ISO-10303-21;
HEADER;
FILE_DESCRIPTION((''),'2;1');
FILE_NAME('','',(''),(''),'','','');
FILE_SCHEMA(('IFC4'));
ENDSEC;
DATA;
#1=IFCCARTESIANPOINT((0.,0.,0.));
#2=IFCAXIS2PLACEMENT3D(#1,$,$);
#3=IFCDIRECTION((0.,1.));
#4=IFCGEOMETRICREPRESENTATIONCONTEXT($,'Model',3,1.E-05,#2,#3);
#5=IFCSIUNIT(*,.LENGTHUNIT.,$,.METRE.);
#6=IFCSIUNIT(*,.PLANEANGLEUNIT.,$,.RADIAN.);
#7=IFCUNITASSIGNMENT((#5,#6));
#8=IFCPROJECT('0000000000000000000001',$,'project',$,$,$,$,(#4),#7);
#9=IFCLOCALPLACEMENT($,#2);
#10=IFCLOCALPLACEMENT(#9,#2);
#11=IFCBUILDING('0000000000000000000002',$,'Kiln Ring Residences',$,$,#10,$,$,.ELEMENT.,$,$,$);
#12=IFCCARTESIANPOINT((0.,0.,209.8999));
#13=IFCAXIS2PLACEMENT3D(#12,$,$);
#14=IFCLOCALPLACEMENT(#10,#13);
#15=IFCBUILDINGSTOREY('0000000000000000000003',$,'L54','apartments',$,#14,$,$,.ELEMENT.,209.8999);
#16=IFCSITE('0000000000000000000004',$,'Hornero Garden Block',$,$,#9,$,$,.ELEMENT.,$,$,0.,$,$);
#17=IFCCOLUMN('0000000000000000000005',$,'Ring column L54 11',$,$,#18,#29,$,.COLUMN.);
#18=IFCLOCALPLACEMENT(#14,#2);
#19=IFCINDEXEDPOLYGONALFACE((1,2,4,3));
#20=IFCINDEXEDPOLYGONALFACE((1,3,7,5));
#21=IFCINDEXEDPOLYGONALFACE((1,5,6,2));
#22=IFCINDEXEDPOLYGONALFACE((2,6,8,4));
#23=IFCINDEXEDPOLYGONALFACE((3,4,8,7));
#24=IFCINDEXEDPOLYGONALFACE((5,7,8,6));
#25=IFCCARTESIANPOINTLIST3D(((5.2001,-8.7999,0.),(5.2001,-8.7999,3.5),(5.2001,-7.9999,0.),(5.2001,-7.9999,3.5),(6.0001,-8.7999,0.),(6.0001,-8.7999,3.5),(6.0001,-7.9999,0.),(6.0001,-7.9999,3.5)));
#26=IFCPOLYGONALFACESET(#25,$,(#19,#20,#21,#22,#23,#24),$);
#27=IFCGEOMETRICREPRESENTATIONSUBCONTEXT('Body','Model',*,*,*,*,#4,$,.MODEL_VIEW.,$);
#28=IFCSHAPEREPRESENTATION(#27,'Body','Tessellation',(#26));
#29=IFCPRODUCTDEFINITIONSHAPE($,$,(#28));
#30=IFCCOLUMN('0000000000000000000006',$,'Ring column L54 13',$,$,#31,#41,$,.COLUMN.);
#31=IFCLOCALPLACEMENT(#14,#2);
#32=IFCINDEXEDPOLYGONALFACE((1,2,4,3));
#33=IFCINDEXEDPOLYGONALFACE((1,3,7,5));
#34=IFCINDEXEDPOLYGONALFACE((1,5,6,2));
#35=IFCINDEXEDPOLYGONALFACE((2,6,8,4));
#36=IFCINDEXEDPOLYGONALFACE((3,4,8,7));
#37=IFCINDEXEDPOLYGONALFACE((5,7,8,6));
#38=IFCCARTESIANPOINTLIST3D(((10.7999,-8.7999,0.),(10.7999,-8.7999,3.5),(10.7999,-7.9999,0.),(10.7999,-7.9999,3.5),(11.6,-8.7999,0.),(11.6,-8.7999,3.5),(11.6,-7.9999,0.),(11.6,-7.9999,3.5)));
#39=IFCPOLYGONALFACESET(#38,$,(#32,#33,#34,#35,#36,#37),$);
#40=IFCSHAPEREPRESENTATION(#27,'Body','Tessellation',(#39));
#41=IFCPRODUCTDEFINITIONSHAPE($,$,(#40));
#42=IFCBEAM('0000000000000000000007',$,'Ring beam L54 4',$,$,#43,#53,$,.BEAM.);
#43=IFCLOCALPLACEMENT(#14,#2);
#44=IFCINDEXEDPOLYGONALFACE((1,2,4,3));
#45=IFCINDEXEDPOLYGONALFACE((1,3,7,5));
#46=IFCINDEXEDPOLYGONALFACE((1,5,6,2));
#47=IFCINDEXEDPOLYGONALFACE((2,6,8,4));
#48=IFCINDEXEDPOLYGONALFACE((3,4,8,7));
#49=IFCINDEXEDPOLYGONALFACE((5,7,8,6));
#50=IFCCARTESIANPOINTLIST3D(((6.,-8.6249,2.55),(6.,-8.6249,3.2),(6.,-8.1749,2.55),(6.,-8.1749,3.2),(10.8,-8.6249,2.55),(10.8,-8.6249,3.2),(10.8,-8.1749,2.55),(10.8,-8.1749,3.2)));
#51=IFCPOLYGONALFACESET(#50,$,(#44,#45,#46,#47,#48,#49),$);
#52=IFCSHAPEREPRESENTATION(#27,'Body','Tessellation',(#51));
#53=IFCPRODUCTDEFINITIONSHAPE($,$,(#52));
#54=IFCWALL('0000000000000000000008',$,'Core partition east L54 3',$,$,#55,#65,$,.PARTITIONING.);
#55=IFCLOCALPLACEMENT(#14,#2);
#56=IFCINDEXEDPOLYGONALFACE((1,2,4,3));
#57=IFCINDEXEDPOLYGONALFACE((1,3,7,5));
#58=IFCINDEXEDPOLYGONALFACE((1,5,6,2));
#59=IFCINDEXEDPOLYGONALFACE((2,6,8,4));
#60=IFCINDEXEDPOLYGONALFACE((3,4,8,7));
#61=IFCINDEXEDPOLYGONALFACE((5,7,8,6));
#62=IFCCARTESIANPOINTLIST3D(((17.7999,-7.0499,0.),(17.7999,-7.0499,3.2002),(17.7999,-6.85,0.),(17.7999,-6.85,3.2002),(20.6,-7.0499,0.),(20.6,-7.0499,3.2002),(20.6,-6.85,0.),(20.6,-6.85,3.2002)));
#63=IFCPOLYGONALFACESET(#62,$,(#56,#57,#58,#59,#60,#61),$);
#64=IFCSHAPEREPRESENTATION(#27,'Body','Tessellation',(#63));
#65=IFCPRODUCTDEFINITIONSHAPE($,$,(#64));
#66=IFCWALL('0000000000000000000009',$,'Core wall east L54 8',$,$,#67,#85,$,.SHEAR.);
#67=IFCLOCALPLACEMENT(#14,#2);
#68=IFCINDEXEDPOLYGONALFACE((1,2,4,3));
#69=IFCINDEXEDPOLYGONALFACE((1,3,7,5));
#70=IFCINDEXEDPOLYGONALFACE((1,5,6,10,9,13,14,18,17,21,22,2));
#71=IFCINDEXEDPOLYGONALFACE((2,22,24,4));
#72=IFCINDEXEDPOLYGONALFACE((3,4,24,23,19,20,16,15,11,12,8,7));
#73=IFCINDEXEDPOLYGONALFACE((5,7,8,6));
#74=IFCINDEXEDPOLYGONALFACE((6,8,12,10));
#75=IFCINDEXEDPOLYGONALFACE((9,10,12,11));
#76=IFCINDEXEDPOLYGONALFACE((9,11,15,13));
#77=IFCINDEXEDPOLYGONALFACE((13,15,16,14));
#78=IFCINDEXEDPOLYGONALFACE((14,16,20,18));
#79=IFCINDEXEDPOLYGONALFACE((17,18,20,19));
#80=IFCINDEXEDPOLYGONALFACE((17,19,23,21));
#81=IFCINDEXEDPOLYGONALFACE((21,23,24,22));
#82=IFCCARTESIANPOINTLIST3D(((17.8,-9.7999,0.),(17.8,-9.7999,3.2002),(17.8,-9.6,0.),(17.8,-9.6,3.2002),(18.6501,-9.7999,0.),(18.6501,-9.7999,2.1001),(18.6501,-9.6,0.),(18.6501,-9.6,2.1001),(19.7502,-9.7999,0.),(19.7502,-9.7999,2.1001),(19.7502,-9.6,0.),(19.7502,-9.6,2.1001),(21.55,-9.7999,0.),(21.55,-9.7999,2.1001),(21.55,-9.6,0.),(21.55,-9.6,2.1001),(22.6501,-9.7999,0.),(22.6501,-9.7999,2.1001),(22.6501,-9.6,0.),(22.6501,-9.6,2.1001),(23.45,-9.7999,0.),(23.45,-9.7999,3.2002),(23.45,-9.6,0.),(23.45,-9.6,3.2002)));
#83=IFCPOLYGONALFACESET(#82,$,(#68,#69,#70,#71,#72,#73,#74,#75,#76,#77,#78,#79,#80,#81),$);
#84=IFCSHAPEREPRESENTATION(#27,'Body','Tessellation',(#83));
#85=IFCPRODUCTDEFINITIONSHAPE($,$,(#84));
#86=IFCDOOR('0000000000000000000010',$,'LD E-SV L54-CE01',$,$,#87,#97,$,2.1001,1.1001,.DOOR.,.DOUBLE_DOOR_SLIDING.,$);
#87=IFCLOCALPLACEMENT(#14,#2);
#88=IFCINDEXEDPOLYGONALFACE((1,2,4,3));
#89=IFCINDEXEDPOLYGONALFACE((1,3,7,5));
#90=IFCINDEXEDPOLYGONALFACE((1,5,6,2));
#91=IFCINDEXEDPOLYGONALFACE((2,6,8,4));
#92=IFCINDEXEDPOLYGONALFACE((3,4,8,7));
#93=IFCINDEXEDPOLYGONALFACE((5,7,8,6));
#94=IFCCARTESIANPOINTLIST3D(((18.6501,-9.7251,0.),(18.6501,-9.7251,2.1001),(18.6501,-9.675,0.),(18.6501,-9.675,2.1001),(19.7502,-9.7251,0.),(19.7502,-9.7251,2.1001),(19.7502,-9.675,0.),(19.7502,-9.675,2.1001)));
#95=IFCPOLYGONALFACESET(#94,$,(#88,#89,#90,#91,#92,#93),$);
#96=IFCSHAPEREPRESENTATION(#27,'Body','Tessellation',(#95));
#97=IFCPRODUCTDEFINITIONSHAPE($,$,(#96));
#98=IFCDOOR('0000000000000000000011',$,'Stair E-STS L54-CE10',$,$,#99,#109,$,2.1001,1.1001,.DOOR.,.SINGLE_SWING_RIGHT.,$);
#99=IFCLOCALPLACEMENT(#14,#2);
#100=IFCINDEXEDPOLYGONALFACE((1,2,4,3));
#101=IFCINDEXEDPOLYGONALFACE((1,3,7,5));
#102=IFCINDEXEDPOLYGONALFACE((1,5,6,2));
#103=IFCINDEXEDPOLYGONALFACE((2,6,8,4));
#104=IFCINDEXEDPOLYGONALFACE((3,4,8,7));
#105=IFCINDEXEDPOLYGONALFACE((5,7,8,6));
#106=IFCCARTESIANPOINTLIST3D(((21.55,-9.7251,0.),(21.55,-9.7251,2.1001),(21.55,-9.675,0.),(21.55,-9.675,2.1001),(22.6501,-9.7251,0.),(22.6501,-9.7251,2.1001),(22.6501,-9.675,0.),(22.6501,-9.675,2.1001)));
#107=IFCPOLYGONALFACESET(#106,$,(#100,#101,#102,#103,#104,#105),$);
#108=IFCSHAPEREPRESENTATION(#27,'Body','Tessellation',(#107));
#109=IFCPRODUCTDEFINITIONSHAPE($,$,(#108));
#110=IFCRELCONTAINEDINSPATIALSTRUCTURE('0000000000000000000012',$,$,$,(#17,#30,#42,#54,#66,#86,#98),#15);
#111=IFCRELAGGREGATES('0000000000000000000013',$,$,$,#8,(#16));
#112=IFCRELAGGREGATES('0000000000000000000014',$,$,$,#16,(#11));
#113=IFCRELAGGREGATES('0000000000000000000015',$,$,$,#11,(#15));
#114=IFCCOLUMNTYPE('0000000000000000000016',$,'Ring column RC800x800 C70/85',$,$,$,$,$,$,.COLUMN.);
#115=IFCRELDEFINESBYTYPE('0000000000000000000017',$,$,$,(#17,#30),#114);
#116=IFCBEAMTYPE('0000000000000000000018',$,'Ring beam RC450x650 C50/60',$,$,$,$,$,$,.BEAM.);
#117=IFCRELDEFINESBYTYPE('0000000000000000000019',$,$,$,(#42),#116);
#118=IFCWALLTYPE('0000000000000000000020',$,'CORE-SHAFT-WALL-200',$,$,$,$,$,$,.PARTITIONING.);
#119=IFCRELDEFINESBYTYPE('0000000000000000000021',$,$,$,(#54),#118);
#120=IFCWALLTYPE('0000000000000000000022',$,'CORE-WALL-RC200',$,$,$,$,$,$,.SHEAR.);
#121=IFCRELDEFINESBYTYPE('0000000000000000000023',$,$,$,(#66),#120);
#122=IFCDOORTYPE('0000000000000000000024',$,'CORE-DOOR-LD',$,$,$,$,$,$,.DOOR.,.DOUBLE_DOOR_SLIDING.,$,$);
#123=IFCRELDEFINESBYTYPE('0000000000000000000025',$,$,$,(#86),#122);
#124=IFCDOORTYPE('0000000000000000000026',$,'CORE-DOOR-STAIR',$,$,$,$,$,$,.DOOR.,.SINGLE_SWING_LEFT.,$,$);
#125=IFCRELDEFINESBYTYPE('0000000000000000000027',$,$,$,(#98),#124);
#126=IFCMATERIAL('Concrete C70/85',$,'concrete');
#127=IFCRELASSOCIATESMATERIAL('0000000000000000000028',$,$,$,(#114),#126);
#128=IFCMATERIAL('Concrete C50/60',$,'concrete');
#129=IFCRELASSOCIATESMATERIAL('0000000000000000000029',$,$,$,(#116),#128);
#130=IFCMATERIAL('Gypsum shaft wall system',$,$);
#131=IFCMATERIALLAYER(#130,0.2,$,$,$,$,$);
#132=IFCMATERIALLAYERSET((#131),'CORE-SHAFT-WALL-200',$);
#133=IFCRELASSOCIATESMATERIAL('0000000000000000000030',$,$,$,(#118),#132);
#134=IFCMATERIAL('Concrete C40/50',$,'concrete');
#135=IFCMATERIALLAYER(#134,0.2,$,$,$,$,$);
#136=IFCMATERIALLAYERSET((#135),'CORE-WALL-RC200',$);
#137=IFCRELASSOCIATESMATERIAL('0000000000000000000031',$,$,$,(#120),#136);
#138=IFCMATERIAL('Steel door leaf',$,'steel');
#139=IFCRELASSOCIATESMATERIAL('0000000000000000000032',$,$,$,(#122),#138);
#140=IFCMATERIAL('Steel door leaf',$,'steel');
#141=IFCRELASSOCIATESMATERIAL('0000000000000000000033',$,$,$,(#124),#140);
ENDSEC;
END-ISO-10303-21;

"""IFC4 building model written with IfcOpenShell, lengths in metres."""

from ifc_helpers import new_model, si_unit, direction, frame, frame_2d, origin, origin_2d, place, context, subcontext, project, spatial, rectangle, extrude, material, layer, layer_set, material_profile, profile_set, type_object, element, fill, save


model = new_model("IFC4")

# Units and contexts
model_context = context("Model", 3, precision=1e-05, world=origin(), true_north=direction((0.0, 1.0)))
body_context = subcontext(model_context, "Body", "Model", "MODEL_VIEW")
ifc_project = project(units=[si_unit("LENGTHUNIT", "METRE"), si_unit("PLANEANGLEUNIT", "RADIAN")], contexts=[model_context])

# Site, building, storey
site_placement = place(None, origin())
site = spatial("IfcSite", under=ifc_project, at=site_placement, Name="Hornero Garden Block", CompositionType="ELEMENT", RefElevation=0.0)
building_placement = place(site_placement, origin())
building = spatial("IfcBuilding", under=site, at=building_placement, Name="Kiln Ring Residences", CompositionType="ELEMENT")
storey_placement = place(building_placement, frame((0.0, 0.0, 209.8999)))
storey = spatial("IfcBuildingStorey", under=building, at=storey_placement, Name="L54", Description="apartments", CompositionType="ELEMENT", Elevation=209.8999)

# Columns
ifc_material_1 = material(Name="Concrete C70/85", Category="concrete")
ifc_material_profile_1 = material_profile(ifc_material_1, rectangle(XDim=0.8, YDim=0.8, at=origin_2d()), Name="RC800x800")
ifc_profile_set_1 = profile_set([ifc_material_profile_1], Name="Concrete C70/85")
column_type = type_object("IfcColumnType", Name="Ring column RC800x800 C70/85", PredefinedType="COLUMN", material=ifc_profile_set_1)
for number, where, z_axis, x_axis, name in (
    (1, (5.6001, -8.3999, 0.0), (0.0, 0.0, 1.0), (1.0, 0.0, 0.0), "Ring column L54 11"),
    (2, (11.2, -8.3999, 0.0), (0.0, 0.0, 1.0), (1.0, 0.0, 0.0), "Ring column L54 13"),
):
    element("IfcColumn", number, at=place(storey_placement, frame(where, z_axis=z_axis, x_axis=x_axis)), inside=storey, type_object=column_type, Name=name, PredefinedType="COLUMN", context=body_context, shape_type="SweptSolid", body=[
        extrude(rectangle(XDim=0.8, YDim=0.8, at=origin_2d()), origin(), (0.0, 0.0, 1.0), 3.5),
    ])

# Beam
ifc_material_2 = material(Name="Concrete C50/60", Category="concrete")
ifc_material_profile_2 = material_profile(ifc_material_2, rectangle(XDim=0.45, YDim=0.6499, at=origin_2d()), Name="RC450x650")
ifc_profile_set_2 = profile_set([ifc_material_profile_2], Name="Concrete C50/60")
beam_type = type_object("IfcBeamType", Name="Ring beam RC450x650 C50/60", PredefinedType="BEAM", material=ifc_profile_set_2)
beam_placement = place(storey_placement, frame((6.0, -8.3999, 2.875), z_axis=(1.0, 0.0, 0.0), x_axis=(0.0, 1.0, 0.0)))
element("IfcBeam", 3, at=beam_placement, inside=storey, type_object=beam_type, Name="Ring beam L54 4", PredefinedType="BEAM", context=body_context, shape_type="SweptSolid", body=[
    extrude(rectangle(XDim=0.45, YDim=0.6499, at=origin_2d()), origin(), (0.0, 0.0, 1.0), 4.8),
])

# Wall
ifc_material_3 = material(Name="Gypsum shaft wall system")
ifc_layer_1 = layer(ifc_material_3, 0.2)
ifc_layer_set_1 = layer_set([ifc_layer_1], Name="CORE-SHAFT-WALL-200")
wall_type_1 = type_object("IfcWallType", Name="CORE-SHAFT-WALL-200", PredefinedType="PARTITIONING", material=ifc_layer_set_1)
wall_1_placement = place(storey_placement, frame((17.8, -6.95, 0.0), z_axis=(0.0, 0.0, 1.0), x_axis=(1.0, 0.0, 0.0)))
element("IfcWall", 4, at=wall_1_placement, inside=storey, type_object=wall_type_1, Name="Core partition east L54 3", PredefinedType="PARTITIONING", context=body_context, shape_type="SweptSolid", body=[
    extrude(rectangle(XDim=2.8, YDim=0.2, at=frame_2d((1.3999, 0.0))), origin(), (0.0, 0.0, 1.0), 3.2002),
])

# Wall, openings, doors
ifc_material_4 = material(Name="Concrete C40/50", Category="concrete")
ifc_layer_2 = layer(ifc_material_4, 0.2)
ifc_layer_set_2 = layer_set([ifc_layer_2], Name="CORE-WALL-RC200")
wall_type_2 = type_object("IfcWallType", Name="CORE-WALL-RC200", PredefinedType="SHEAR", material=ifc_layer_set_2)
wall_2_placement = place(storey_placement, frame((17.8, -9.7, 0.0), z_axis=(0.0, 0.0, 1.0), x_axis=(1.0, 0.0, 0.0)))
wall_2 = element("IfcWall", 5, at=wall_2_placement, inside=storey, type_object=wall_type_2, Name="Core wall east L54 8", PredefinedType="SHEAR", context=body_context, shape_type="SweptSolid", body=[
    extrude(rectangle(XDim=5.6499, YDim=0.2, at=frame_2d((2.825, 0.0))), origin(), (0.0, 0.0, 1.0), 3.2002),
])
opening_1_placement = place(wall_2_placement, frame((0.8501, 0.0, 0.0)))
opening_1 = element("IfcOpeningElement", 6, at=opening_1_placement, cuts=wall_2, PredefinedType="OPENING", context=body_context, shape_type="SweptSolid", body=[
    extrude(rectangle(XDim=1.1001, YDim=2.1001, at=frame_2d((0.55, 1.05))), frame((0.0, 0.1099, 0.0), z_axis=(0.0, -1.0, 0.0), x_axis=(1.0, 0.0, 0.0)), (0.0, 0.0, 1.0), 0.22),
])
opening_2_placement = place(wall_2_placement, frame((3.75, 0.0, 0.0)))
opening_2 = element("IfcOpeningElement", 7, at=opening_2_placement, cuts=wall_2, PredefinedType="OPENING", context=body_context, shape_type="SweptSolid", body=[
    extrude(rectangle(XDim=1.1001, YDim=2.1001, at=frame_2d((0.55, 1.05))), frame((0.0, 0.1099, 0.0), z_axis=(0.0, -1.0, 0.0), x_axis=(1.0, 0.0, 0.0)), (0.0, 0.0, 1.0), 0.22),
])
ifc_material_5 = material(Name="Steel door leaf", Category="steel")
door_type_1 = type_object("IfcDoorType", Name="CORE-DOOR-LD", OperationType="DOUBLE_DOOR_SLIDING", PredefinedType="DOOR", material=ifc_material_5)
door_1_placement = place(opening_1_placement, origin())
door_1 = element("IfcDoor", 8, at=door_1_placement, inside=storey, type_object=door_type_1, Name="LD E-SV L54-CE01", OperationType="DOUBLE_DOOR_SLIDING", OverallHeight=2.1001, OverallWidth=1.1001, PredefinedType="DOOR", context=body_context, shape_type="SweptSolid", body=[
    extrude(rectangle(XDim=1.1001, YDim=2.1001, at=frame_2d((0.55, 1.05))), frame((0.0, 0.0249, 0.0), z_axis=(0.0, -1.0, 0.0), x_axis=(1.0, 0.0, 0.0)), (0.0, 0.0, 1.0), 0.05),
])
fill(opening_1, door_1)
ifc_material_6 = material(Name="Steel door leaf", Category="steel")
door_type_2 = type_object("IfcDoorType", Name="CORE-DOOR-STAIR", OperationType="SINGLE_SWING_LEFT", PredefinedType="DOOR", material=ifc_material_6)
door_2_placement = place(opening_2_placement, origin())
door_2 = element("IfcDoor", 9, at=door_2_placement, inside=storey, type_object=door_type_2, Name="Stair E-STS L54-CE10", OperationType="SINGLE_SWING_RIGHT", OverallHeight=2.1001, OverallWidth=1.1001, PredefinedType="DOOR", context=body_context, shape_type="SweptSolid", body=[
    extrude(rectangle(XDim=1.1001, YDim=2.1001, at=frame_2d((0.55, 1.05))), frame((0.0, 0.0249, 0.0), z_axis=(0.0, -1.0, 0.0), x_axis=(1.0, 0.0, 0.0)), (0.0, 0.0, 1.0), 0.05),
])
fill(opening_2, door_2)

save(model, "model.ifc")
